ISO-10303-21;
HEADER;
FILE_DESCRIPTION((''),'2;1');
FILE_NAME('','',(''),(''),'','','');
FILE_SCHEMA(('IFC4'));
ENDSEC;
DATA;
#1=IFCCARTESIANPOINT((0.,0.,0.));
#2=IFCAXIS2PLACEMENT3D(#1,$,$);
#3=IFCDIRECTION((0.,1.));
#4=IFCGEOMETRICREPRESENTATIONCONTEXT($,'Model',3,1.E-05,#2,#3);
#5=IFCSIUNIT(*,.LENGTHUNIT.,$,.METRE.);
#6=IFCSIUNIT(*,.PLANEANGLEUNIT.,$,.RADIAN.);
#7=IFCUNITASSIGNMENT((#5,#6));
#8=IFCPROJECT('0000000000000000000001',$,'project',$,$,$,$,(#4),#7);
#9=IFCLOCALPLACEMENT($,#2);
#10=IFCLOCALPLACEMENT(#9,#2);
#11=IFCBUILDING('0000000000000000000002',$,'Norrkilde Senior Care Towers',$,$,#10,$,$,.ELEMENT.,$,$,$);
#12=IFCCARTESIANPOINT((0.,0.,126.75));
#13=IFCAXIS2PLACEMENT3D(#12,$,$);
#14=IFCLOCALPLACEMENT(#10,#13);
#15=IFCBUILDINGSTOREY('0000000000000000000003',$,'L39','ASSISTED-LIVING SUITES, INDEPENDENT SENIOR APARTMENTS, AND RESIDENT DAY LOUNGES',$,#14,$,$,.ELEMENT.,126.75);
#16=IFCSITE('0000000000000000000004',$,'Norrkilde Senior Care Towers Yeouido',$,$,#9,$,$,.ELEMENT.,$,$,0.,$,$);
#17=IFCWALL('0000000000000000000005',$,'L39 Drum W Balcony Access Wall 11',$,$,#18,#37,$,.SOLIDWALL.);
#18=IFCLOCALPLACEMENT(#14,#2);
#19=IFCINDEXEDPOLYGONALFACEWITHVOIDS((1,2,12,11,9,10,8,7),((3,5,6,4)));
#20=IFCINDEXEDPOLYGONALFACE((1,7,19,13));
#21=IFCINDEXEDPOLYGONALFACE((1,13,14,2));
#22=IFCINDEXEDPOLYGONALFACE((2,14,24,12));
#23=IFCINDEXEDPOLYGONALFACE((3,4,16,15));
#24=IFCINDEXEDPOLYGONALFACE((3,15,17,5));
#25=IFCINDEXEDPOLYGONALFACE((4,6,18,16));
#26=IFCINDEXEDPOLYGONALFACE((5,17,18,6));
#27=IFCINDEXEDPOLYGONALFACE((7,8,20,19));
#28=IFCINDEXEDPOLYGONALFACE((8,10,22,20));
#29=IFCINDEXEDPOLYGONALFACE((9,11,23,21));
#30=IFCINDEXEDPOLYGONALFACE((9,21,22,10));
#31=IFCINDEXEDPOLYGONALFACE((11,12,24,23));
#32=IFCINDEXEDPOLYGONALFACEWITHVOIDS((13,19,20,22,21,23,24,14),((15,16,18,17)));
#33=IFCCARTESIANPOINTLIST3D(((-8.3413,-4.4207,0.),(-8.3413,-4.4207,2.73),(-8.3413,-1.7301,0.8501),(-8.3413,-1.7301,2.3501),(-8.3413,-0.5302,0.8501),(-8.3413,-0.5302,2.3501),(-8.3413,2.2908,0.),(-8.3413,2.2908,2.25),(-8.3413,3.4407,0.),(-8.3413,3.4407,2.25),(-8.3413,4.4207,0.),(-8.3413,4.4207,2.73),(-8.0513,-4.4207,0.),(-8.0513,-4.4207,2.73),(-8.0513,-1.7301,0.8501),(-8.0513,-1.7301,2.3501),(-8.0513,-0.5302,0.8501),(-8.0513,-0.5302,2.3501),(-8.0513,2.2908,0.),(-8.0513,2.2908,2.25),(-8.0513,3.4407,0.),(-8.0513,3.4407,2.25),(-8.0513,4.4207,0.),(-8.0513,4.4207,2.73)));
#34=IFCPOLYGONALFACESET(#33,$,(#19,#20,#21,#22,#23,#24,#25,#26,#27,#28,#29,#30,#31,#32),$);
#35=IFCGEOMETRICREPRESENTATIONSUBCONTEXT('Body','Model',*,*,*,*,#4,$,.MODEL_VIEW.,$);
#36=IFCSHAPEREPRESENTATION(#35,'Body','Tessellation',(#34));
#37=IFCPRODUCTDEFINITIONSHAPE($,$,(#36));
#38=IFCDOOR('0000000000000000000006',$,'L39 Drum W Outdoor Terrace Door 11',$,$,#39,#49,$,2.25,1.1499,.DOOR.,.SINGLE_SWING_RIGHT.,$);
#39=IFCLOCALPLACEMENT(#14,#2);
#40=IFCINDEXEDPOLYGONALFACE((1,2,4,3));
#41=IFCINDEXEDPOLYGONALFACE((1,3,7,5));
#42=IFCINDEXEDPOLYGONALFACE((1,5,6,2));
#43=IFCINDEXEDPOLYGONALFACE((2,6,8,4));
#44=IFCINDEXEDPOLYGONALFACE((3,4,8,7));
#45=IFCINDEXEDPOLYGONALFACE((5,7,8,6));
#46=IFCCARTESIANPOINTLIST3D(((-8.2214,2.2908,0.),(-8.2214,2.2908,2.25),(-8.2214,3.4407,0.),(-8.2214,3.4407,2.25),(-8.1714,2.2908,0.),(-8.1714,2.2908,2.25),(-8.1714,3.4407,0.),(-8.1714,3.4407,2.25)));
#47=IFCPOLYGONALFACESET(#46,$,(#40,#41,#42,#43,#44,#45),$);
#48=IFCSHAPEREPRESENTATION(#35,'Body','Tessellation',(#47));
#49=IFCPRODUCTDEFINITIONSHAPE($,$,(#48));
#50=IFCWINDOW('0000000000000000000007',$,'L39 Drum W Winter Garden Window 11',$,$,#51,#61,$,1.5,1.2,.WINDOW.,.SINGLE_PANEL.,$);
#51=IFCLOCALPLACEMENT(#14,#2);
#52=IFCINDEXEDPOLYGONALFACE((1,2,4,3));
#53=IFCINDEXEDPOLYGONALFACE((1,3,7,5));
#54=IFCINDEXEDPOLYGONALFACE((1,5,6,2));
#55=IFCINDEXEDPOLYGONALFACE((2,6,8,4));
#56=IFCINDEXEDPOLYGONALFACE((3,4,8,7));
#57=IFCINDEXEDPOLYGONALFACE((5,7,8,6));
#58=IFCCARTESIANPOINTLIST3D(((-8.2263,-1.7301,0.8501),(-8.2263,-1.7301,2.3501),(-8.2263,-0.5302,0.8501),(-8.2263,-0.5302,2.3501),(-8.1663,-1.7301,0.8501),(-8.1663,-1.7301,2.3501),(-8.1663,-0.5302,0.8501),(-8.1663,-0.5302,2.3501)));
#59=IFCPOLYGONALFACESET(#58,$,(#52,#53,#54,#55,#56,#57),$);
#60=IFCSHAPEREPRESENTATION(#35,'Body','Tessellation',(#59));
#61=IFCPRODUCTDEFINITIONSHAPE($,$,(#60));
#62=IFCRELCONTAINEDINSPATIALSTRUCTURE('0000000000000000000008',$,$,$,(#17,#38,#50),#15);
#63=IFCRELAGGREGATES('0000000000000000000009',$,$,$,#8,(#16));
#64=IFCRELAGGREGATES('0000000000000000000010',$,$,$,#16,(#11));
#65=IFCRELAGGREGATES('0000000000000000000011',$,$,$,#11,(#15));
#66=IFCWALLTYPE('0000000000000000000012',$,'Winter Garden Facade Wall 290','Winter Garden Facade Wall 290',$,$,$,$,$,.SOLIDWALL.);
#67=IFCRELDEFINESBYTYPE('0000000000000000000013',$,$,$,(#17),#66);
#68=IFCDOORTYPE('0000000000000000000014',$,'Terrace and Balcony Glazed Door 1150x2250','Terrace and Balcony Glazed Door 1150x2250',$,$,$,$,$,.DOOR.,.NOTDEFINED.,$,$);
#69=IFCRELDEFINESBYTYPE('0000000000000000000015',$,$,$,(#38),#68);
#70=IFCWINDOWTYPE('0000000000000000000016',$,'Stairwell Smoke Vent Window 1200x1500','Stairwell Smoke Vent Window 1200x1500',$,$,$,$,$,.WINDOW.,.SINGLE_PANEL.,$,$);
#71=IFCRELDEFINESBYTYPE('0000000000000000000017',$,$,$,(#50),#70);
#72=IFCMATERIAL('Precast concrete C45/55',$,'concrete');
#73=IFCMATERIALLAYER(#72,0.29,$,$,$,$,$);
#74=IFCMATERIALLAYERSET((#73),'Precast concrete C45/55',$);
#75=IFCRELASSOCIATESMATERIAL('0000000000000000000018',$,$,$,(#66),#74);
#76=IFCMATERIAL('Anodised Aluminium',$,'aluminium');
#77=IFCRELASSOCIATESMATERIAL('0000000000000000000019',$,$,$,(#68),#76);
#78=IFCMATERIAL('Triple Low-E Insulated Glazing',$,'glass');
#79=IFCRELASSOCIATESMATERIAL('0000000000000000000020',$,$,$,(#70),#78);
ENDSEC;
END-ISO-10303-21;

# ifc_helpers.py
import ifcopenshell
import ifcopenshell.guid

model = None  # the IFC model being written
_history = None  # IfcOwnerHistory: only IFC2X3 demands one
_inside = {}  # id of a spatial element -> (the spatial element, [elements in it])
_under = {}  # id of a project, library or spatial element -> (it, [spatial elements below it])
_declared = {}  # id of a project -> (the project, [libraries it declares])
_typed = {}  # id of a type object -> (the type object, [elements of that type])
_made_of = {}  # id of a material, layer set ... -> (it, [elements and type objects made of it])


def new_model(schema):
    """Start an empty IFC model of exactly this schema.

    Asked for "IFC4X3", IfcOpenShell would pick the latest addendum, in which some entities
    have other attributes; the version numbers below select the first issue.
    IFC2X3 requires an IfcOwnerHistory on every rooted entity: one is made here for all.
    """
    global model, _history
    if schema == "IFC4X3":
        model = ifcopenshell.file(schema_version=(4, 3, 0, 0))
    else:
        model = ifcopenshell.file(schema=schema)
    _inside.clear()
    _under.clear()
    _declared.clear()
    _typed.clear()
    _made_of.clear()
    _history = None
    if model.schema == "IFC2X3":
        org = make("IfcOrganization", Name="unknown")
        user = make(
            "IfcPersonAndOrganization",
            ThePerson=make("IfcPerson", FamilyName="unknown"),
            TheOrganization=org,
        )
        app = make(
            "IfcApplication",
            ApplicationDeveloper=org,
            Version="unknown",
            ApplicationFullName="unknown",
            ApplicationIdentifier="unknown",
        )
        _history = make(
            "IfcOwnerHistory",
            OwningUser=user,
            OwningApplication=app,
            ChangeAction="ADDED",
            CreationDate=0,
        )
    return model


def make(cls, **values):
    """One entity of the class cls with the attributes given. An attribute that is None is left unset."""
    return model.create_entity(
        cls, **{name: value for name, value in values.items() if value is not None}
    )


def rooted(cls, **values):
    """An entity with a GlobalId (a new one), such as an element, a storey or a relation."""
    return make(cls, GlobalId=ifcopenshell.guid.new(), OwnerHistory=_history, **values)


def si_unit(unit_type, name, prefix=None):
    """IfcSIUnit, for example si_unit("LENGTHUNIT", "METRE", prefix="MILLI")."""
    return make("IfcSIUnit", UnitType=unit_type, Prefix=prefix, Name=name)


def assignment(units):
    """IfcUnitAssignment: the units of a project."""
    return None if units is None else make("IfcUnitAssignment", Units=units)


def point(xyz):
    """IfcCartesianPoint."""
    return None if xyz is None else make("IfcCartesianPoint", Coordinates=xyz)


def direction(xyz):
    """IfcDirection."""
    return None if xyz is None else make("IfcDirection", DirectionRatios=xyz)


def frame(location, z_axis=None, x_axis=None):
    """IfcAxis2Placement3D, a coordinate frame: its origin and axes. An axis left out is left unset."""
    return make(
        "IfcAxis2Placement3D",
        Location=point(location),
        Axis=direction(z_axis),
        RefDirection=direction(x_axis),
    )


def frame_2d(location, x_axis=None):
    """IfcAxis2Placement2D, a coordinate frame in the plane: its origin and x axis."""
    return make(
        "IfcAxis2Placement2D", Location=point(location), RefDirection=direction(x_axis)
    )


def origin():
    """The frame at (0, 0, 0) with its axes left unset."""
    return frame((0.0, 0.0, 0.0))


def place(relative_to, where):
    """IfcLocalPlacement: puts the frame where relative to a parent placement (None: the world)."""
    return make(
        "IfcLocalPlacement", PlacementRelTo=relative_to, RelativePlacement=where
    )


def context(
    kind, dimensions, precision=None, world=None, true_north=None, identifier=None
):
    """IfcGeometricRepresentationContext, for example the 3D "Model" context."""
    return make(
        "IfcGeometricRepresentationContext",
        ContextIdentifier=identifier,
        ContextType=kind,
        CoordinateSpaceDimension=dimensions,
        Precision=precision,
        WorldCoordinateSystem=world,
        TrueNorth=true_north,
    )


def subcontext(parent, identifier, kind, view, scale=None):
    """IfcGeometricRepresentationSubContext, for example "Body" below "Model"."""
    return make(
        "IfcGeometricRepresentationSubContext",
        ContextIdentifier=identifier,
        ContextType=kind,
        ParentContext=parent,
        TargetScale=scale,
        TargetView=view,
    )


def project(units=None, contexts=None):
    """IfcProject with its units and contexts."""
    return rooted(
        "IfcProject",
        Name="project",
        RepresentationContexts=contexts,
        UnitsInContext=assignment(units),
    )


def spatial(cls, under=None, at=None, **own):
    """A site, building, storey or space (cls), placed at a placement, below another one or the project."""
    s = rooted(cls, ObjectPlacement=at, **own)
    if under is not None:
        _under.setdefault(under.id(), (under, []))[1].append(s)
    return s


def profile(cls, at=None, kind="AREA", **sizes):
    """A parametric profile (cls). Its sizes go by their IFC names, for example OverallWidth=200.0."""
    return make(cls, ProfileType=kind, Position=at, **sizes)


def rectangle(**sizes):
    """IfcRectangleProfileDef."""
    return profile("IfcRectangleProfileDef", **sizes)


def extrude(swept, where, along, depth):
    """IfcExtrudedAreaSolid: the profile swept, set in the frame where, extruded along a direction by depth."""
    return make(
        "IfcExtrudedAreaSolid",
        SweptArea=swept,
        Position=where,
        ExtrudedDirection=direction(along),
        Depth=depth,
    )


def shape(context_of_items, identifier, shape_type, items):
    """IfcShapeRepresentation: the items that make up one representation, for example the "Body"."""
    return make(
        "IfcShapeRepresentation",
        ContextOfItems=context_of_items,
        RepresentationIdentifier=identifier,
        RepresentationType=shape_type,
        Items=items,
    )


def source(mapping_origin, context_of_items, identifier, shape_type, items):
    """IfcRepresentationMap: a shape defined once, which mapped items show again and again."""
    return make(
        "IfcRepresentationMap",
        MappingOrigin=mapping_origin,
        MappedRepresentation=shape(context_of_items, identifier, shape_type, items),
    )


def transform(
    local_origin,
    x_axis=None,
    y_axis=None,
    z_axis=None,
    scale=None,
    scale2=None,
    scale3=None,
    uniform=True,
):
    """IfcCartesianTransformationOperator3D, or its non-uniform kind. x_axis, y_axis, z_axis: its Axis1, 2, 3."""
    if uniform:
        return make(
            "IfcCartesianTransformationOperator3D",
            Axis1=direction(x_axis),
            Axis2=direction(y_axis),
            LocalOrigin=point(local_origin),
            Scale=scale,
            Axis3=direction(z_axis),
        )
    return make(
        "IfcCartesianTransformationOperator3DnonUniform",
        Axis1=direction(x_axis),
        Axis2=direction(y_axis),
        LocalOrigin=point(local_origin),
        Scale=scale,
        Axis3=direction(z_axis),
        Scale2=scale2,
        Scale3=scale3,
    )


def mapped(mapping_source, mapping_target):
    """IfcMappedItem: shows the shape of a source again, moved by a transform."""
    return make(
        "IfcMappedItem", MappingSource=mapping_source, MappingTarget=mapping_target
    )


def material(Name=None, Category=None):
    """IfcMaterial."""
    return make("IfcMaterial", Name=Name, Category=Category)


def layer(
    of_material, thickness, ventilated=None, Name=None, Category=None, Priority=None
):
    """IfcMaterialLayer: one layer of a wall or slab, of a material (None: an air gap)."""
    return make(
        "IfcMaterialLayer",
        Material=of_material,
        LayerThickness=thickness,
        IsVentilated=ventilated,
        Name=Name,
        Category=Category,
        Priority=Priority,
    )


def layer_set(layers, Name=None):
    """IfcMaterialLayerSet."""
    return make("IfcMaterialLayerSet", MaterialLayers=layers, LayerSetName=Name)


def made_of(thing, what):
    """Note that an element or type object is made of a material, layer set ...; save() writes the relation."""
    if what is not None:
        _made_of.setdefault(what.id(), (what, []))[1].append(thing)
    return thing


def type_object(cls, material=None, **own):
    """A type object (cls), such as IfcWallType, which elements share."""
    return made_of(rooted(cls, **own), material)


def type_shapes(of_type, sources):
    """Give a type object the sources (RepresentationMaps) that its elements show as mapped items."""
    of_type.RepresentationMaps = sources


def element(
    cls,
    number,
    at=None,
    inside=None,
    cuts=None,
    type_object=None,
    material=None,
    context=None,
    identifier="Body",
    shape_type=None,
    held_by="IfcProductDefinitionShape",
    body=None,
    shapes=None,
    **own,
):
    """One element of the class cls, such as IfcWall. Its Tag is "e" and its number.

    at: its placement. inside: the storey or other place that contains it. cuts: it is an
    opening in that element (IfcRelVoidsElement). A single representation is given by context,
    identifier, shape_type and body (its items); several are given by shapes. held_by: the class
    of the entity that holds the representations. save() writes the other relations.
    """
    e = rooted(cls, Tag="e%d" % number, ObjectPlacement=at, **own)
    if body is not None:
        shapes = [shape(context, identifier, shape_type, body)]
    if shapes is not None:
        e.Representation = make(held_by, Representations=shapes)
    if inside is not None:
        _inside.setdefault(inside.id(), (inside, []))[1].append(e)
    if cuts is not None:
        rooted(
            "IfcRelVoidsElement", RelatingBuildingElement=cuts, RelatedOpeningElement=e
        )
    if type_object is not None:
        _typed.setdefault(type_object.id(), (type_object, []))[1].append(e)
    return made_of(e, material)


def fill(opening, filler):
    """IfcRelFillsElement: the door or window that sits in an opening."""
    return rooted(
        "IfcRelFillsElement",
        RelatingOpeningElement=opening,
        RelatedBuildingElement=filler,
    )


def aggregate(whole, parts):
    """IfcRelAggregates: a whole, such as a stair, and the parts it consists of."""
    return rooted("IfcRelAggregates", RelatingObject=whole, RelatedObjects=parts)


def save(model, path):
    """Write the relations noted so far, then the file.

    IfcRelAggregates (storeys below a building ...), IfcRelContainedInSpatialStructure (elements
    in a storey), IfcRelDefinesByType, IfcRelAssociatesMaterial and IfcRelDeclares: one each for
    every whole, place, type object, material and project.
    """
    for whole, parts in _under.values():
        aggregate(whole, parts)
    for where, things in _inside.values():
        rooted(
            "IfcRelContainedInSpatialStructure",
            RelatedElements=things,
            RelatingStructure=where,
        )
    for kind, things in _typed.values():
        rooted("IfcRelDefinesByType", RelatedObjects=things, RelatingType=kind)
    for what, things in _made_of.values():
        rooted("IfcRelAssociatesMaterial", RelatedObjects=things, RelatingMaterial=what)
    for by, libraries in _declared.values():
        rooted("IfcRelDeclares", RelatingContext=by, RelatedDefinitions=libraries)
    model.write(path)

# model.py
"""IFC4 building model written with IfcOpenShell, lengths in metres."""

from ifc_helpers import new_model, si_unit, direction, frame, frame_2d, origin, place, context, subcontext, project, spatial, rectangle, extrude, source, transform, mapped, material, layer, layer_set, type_object, type_shapes, element, fill, save


model = new_model("IFC4")

# Units and contexts
model_context = context("Model", 3, precision=1e-05, world=origin(), true_north=direction((0.0, 1.0)))
body_context = subcontext(model_context, "Body", "Model", "MODEL_VIEW")
ifc_project = project(units=[si_unit("LENGTHUNIT", "METRE"), si_unit("PLANEANGLEUNIT", "RADIAN")], contexts=[model_context])

# Site, building, storey
site_placement = place(None, origin())
site = spatial("IfcSite", under=ifc_project, at=site_placement, Name="Norrkilde Senior Care Towers Yeouido", CompositionType="ELEMENT", RefElevation=0.0)
building_placement = place(site_placement, origin())
building = spatial("IfcBuilding", under=site, at=building_placement, Name="Norrkilde Senior Care Towers", CompositionType="ELEMENT")
storey_placement = place(building_placement, frame((0.0, 0.0, 126.75)))
storey = spatial("IfcBuildingStorey", under=building, at=storey_placement, Name="L39", Description="ASSISTED-LIVING SUITES, INDEPENDENT SENIOR APARTMENTS, AND RESIDENT DAY LOUNGES", CompositionType="ELEMENT", Elevation=126.75)

# Shared definitions
ifc_material_1 = material(Name="Triple Low-E Insulated Glazing", Category="glass")
ifc_material_2 = material(Name="Anodised Aluminium", Category="aluminium")

# Wall, openings, door, window
ifc_material_3 = material(Name="Precast concrete C45/55", Category="concrete")
ifc_layer_1 = layer(ifc_material_3, 0.29)
ifc_layer_set_1 = layer_set([ifc_layer_1], Name="Precast concrete C45/55")
wall_type = type_object("IfcWallType", Name="Winter Garden Facade Wall 290", Description="Winter Garden Facade Wall 290", PredefinedType="SOLIDWALL", material=ifc_layer_set_1)
shared_shape_1 = source(origin(), body_context, "Body", "SweptSolid", [
    extrude(rectangle(XDim=8.8413, YDim=0.29, at=frame_2d((4.4207, 0.0))), origin(), (0.0, 0.0, 1.0), 2.73),
])
type_shapes(wall_type, [shared_shape_1])
wall_placement = place(storey_placement, frame((-8.1963, 4.4207, 0.0), z_axis=(0.0, 0.0, 1.0), x_axis=(0.0, -1.0, 0.0)))
wall = element("IfcWall", 1, at=wall_placement, inside=storey, type_object=wall_type, Name="L39 Drum W Balcony Access Wall 11", PredefinedType="SOLIDWALL", context=body_context, shape_type="MappedRepresentation", body=[
    mapped(shared_shape_1, transform((0.0, 0.0, 0.0), x_axis=(1.0, 0.0, 0.0), y_axis=(0.0, 1.0, 0.0), z_axis=(0.0, 0.0, 1.0), scale=1.0)),
])
opening_1_placement = place(wall_placement, frame((0.98, 0.0, 0.0)))
opening_1 = element("IfcOpeningElement", 2, at=opening_1_placement, cuts=wall, PredefinedType="OPENING", context=body_context, shape_type="SweptSolid", body=[
    extrude(rectangle(XDim=1.1499, YDim=2.25, at=frame_2d((0.575, 1.125))), frame((0.0, 0.155, 0.0), z_axis=(0.0, -1.0, 0.0), x_axis=(1.0, 0.0, 0.0)), (0.0, 0.0, 1.0), 0.3101),
])
opening_2_placement = place(wall_placement, frame((4.9507, 0.0, 0.8501)))
opening_2 = element("IfcOpeningElement", 3, at=opening_2_placement, cuts=wall, PredefinedType="OPENING", context=body_context, shape_type="SweptSolid", body=[
    extrude(rectangle(XDim=1.2, YDim=1.5, at=frame_2d((0.6001, 0.75))), frame((0.0, 0.155, 0.0), z_axis=(0.0, -1.0, 0.0), x_axis=(1.0, 0.0, 0.0)), (0.0, 0.0, 1.0), 0.3101),
])
door_type = type_object("IfcDoorType", Name="Terrace and Balcony Glazed Door 1150x2250", Description="Terrace and Balcony Glazed Door 1150x2250", OperationType="NOTDEFINED", PredefinedType="DOOR", material=ifc_material_2)
shared_shape_2 = source(origin(), body_context, "Body", "SweptSolid", [
    extrude(rectangle(XDim=1.1499, YDim=2.25, at=frame_2d((0.575, 1.125))), frame((0.0, 0.0249, 0.0), z_axis=(0.0, -1.0, 0.0), x_axis=(1.0, 0.0, 0.0)), (0.0, 0.0, 1.0), 0.05),
])
type_shapes(door_type, [shared_shape_2])
door_placement = place(opening_1_placement, origin())
door = element("IfcDoor", 4, at=door_placement, inside=storey, type_object=door_type, Name="L39 Drum W Outdoor Terrace Door 11", OperationType="SINGLE_SWING_RIGHT", OverallHeight=2.25, OverallWidth=1.1499, PredefinedType="DOOR", context=body_context, shape_type="MappedRepresentation", body=[
    mapped(shared_shape_2, transform((0.0, 0.0, 0.0), x_axis=(1.0, 0.0, 0.0), y_axis=(0.0, 1.0, 0.0), z_axis=(0.0, 0.0, 1.0), scale=1.0)),
])
fill(opening_1, door)
window_type = type_object("IfcWindowType", Name="Stairwell Smoke Vent Window 1200x1500", Description="Stairwell Smoke Vent Window 1200x1500", PartitioningType="SINGLE_PANEL", PredefinedType="WINDOW", material=ifc_material_1)
shared_shape_3 = source(origin(), body_context, "Body", "SweptSolid", [
    extrude(rectangle(XDim=1.2, YDim=1.5, at=frame_2d((0.6001, 0.75))), frame((0.0, 0.03, 0.0), z_axis=(0.0, -1.0, 0.0), x_axis=(1.0, 0.0, 0.0)), (0.0, 0.0, 1.0), 0.0601),
])
type_shapes(window_type, [shared_shape_3])
window_placement = place(opening_2_placement, origin())
window = element("IfcWindow", 5, at=window_placement, inside=storey, type_object=window_type, Name="L39 Drum W Winter Garden Window 11", OverallHeight=1.5, OverallWidth=1.2, PartitioningType="SINGLE_PANEL", PredefinedType="WINDOW", context=body_context, shape_type="MappedRepresentation", body=[
    mapped(shared_shape_3, transform((0.0, 0.0, 0.0), x_axis=(1.0, 0.0, 0.0), y_axis=(0.0, 1.0, 0.0), z_axis=(0.0, 0.0, 1.0), scale=1.0)),
])
fill(opening_2, window)

save(model, "model.ifc")
